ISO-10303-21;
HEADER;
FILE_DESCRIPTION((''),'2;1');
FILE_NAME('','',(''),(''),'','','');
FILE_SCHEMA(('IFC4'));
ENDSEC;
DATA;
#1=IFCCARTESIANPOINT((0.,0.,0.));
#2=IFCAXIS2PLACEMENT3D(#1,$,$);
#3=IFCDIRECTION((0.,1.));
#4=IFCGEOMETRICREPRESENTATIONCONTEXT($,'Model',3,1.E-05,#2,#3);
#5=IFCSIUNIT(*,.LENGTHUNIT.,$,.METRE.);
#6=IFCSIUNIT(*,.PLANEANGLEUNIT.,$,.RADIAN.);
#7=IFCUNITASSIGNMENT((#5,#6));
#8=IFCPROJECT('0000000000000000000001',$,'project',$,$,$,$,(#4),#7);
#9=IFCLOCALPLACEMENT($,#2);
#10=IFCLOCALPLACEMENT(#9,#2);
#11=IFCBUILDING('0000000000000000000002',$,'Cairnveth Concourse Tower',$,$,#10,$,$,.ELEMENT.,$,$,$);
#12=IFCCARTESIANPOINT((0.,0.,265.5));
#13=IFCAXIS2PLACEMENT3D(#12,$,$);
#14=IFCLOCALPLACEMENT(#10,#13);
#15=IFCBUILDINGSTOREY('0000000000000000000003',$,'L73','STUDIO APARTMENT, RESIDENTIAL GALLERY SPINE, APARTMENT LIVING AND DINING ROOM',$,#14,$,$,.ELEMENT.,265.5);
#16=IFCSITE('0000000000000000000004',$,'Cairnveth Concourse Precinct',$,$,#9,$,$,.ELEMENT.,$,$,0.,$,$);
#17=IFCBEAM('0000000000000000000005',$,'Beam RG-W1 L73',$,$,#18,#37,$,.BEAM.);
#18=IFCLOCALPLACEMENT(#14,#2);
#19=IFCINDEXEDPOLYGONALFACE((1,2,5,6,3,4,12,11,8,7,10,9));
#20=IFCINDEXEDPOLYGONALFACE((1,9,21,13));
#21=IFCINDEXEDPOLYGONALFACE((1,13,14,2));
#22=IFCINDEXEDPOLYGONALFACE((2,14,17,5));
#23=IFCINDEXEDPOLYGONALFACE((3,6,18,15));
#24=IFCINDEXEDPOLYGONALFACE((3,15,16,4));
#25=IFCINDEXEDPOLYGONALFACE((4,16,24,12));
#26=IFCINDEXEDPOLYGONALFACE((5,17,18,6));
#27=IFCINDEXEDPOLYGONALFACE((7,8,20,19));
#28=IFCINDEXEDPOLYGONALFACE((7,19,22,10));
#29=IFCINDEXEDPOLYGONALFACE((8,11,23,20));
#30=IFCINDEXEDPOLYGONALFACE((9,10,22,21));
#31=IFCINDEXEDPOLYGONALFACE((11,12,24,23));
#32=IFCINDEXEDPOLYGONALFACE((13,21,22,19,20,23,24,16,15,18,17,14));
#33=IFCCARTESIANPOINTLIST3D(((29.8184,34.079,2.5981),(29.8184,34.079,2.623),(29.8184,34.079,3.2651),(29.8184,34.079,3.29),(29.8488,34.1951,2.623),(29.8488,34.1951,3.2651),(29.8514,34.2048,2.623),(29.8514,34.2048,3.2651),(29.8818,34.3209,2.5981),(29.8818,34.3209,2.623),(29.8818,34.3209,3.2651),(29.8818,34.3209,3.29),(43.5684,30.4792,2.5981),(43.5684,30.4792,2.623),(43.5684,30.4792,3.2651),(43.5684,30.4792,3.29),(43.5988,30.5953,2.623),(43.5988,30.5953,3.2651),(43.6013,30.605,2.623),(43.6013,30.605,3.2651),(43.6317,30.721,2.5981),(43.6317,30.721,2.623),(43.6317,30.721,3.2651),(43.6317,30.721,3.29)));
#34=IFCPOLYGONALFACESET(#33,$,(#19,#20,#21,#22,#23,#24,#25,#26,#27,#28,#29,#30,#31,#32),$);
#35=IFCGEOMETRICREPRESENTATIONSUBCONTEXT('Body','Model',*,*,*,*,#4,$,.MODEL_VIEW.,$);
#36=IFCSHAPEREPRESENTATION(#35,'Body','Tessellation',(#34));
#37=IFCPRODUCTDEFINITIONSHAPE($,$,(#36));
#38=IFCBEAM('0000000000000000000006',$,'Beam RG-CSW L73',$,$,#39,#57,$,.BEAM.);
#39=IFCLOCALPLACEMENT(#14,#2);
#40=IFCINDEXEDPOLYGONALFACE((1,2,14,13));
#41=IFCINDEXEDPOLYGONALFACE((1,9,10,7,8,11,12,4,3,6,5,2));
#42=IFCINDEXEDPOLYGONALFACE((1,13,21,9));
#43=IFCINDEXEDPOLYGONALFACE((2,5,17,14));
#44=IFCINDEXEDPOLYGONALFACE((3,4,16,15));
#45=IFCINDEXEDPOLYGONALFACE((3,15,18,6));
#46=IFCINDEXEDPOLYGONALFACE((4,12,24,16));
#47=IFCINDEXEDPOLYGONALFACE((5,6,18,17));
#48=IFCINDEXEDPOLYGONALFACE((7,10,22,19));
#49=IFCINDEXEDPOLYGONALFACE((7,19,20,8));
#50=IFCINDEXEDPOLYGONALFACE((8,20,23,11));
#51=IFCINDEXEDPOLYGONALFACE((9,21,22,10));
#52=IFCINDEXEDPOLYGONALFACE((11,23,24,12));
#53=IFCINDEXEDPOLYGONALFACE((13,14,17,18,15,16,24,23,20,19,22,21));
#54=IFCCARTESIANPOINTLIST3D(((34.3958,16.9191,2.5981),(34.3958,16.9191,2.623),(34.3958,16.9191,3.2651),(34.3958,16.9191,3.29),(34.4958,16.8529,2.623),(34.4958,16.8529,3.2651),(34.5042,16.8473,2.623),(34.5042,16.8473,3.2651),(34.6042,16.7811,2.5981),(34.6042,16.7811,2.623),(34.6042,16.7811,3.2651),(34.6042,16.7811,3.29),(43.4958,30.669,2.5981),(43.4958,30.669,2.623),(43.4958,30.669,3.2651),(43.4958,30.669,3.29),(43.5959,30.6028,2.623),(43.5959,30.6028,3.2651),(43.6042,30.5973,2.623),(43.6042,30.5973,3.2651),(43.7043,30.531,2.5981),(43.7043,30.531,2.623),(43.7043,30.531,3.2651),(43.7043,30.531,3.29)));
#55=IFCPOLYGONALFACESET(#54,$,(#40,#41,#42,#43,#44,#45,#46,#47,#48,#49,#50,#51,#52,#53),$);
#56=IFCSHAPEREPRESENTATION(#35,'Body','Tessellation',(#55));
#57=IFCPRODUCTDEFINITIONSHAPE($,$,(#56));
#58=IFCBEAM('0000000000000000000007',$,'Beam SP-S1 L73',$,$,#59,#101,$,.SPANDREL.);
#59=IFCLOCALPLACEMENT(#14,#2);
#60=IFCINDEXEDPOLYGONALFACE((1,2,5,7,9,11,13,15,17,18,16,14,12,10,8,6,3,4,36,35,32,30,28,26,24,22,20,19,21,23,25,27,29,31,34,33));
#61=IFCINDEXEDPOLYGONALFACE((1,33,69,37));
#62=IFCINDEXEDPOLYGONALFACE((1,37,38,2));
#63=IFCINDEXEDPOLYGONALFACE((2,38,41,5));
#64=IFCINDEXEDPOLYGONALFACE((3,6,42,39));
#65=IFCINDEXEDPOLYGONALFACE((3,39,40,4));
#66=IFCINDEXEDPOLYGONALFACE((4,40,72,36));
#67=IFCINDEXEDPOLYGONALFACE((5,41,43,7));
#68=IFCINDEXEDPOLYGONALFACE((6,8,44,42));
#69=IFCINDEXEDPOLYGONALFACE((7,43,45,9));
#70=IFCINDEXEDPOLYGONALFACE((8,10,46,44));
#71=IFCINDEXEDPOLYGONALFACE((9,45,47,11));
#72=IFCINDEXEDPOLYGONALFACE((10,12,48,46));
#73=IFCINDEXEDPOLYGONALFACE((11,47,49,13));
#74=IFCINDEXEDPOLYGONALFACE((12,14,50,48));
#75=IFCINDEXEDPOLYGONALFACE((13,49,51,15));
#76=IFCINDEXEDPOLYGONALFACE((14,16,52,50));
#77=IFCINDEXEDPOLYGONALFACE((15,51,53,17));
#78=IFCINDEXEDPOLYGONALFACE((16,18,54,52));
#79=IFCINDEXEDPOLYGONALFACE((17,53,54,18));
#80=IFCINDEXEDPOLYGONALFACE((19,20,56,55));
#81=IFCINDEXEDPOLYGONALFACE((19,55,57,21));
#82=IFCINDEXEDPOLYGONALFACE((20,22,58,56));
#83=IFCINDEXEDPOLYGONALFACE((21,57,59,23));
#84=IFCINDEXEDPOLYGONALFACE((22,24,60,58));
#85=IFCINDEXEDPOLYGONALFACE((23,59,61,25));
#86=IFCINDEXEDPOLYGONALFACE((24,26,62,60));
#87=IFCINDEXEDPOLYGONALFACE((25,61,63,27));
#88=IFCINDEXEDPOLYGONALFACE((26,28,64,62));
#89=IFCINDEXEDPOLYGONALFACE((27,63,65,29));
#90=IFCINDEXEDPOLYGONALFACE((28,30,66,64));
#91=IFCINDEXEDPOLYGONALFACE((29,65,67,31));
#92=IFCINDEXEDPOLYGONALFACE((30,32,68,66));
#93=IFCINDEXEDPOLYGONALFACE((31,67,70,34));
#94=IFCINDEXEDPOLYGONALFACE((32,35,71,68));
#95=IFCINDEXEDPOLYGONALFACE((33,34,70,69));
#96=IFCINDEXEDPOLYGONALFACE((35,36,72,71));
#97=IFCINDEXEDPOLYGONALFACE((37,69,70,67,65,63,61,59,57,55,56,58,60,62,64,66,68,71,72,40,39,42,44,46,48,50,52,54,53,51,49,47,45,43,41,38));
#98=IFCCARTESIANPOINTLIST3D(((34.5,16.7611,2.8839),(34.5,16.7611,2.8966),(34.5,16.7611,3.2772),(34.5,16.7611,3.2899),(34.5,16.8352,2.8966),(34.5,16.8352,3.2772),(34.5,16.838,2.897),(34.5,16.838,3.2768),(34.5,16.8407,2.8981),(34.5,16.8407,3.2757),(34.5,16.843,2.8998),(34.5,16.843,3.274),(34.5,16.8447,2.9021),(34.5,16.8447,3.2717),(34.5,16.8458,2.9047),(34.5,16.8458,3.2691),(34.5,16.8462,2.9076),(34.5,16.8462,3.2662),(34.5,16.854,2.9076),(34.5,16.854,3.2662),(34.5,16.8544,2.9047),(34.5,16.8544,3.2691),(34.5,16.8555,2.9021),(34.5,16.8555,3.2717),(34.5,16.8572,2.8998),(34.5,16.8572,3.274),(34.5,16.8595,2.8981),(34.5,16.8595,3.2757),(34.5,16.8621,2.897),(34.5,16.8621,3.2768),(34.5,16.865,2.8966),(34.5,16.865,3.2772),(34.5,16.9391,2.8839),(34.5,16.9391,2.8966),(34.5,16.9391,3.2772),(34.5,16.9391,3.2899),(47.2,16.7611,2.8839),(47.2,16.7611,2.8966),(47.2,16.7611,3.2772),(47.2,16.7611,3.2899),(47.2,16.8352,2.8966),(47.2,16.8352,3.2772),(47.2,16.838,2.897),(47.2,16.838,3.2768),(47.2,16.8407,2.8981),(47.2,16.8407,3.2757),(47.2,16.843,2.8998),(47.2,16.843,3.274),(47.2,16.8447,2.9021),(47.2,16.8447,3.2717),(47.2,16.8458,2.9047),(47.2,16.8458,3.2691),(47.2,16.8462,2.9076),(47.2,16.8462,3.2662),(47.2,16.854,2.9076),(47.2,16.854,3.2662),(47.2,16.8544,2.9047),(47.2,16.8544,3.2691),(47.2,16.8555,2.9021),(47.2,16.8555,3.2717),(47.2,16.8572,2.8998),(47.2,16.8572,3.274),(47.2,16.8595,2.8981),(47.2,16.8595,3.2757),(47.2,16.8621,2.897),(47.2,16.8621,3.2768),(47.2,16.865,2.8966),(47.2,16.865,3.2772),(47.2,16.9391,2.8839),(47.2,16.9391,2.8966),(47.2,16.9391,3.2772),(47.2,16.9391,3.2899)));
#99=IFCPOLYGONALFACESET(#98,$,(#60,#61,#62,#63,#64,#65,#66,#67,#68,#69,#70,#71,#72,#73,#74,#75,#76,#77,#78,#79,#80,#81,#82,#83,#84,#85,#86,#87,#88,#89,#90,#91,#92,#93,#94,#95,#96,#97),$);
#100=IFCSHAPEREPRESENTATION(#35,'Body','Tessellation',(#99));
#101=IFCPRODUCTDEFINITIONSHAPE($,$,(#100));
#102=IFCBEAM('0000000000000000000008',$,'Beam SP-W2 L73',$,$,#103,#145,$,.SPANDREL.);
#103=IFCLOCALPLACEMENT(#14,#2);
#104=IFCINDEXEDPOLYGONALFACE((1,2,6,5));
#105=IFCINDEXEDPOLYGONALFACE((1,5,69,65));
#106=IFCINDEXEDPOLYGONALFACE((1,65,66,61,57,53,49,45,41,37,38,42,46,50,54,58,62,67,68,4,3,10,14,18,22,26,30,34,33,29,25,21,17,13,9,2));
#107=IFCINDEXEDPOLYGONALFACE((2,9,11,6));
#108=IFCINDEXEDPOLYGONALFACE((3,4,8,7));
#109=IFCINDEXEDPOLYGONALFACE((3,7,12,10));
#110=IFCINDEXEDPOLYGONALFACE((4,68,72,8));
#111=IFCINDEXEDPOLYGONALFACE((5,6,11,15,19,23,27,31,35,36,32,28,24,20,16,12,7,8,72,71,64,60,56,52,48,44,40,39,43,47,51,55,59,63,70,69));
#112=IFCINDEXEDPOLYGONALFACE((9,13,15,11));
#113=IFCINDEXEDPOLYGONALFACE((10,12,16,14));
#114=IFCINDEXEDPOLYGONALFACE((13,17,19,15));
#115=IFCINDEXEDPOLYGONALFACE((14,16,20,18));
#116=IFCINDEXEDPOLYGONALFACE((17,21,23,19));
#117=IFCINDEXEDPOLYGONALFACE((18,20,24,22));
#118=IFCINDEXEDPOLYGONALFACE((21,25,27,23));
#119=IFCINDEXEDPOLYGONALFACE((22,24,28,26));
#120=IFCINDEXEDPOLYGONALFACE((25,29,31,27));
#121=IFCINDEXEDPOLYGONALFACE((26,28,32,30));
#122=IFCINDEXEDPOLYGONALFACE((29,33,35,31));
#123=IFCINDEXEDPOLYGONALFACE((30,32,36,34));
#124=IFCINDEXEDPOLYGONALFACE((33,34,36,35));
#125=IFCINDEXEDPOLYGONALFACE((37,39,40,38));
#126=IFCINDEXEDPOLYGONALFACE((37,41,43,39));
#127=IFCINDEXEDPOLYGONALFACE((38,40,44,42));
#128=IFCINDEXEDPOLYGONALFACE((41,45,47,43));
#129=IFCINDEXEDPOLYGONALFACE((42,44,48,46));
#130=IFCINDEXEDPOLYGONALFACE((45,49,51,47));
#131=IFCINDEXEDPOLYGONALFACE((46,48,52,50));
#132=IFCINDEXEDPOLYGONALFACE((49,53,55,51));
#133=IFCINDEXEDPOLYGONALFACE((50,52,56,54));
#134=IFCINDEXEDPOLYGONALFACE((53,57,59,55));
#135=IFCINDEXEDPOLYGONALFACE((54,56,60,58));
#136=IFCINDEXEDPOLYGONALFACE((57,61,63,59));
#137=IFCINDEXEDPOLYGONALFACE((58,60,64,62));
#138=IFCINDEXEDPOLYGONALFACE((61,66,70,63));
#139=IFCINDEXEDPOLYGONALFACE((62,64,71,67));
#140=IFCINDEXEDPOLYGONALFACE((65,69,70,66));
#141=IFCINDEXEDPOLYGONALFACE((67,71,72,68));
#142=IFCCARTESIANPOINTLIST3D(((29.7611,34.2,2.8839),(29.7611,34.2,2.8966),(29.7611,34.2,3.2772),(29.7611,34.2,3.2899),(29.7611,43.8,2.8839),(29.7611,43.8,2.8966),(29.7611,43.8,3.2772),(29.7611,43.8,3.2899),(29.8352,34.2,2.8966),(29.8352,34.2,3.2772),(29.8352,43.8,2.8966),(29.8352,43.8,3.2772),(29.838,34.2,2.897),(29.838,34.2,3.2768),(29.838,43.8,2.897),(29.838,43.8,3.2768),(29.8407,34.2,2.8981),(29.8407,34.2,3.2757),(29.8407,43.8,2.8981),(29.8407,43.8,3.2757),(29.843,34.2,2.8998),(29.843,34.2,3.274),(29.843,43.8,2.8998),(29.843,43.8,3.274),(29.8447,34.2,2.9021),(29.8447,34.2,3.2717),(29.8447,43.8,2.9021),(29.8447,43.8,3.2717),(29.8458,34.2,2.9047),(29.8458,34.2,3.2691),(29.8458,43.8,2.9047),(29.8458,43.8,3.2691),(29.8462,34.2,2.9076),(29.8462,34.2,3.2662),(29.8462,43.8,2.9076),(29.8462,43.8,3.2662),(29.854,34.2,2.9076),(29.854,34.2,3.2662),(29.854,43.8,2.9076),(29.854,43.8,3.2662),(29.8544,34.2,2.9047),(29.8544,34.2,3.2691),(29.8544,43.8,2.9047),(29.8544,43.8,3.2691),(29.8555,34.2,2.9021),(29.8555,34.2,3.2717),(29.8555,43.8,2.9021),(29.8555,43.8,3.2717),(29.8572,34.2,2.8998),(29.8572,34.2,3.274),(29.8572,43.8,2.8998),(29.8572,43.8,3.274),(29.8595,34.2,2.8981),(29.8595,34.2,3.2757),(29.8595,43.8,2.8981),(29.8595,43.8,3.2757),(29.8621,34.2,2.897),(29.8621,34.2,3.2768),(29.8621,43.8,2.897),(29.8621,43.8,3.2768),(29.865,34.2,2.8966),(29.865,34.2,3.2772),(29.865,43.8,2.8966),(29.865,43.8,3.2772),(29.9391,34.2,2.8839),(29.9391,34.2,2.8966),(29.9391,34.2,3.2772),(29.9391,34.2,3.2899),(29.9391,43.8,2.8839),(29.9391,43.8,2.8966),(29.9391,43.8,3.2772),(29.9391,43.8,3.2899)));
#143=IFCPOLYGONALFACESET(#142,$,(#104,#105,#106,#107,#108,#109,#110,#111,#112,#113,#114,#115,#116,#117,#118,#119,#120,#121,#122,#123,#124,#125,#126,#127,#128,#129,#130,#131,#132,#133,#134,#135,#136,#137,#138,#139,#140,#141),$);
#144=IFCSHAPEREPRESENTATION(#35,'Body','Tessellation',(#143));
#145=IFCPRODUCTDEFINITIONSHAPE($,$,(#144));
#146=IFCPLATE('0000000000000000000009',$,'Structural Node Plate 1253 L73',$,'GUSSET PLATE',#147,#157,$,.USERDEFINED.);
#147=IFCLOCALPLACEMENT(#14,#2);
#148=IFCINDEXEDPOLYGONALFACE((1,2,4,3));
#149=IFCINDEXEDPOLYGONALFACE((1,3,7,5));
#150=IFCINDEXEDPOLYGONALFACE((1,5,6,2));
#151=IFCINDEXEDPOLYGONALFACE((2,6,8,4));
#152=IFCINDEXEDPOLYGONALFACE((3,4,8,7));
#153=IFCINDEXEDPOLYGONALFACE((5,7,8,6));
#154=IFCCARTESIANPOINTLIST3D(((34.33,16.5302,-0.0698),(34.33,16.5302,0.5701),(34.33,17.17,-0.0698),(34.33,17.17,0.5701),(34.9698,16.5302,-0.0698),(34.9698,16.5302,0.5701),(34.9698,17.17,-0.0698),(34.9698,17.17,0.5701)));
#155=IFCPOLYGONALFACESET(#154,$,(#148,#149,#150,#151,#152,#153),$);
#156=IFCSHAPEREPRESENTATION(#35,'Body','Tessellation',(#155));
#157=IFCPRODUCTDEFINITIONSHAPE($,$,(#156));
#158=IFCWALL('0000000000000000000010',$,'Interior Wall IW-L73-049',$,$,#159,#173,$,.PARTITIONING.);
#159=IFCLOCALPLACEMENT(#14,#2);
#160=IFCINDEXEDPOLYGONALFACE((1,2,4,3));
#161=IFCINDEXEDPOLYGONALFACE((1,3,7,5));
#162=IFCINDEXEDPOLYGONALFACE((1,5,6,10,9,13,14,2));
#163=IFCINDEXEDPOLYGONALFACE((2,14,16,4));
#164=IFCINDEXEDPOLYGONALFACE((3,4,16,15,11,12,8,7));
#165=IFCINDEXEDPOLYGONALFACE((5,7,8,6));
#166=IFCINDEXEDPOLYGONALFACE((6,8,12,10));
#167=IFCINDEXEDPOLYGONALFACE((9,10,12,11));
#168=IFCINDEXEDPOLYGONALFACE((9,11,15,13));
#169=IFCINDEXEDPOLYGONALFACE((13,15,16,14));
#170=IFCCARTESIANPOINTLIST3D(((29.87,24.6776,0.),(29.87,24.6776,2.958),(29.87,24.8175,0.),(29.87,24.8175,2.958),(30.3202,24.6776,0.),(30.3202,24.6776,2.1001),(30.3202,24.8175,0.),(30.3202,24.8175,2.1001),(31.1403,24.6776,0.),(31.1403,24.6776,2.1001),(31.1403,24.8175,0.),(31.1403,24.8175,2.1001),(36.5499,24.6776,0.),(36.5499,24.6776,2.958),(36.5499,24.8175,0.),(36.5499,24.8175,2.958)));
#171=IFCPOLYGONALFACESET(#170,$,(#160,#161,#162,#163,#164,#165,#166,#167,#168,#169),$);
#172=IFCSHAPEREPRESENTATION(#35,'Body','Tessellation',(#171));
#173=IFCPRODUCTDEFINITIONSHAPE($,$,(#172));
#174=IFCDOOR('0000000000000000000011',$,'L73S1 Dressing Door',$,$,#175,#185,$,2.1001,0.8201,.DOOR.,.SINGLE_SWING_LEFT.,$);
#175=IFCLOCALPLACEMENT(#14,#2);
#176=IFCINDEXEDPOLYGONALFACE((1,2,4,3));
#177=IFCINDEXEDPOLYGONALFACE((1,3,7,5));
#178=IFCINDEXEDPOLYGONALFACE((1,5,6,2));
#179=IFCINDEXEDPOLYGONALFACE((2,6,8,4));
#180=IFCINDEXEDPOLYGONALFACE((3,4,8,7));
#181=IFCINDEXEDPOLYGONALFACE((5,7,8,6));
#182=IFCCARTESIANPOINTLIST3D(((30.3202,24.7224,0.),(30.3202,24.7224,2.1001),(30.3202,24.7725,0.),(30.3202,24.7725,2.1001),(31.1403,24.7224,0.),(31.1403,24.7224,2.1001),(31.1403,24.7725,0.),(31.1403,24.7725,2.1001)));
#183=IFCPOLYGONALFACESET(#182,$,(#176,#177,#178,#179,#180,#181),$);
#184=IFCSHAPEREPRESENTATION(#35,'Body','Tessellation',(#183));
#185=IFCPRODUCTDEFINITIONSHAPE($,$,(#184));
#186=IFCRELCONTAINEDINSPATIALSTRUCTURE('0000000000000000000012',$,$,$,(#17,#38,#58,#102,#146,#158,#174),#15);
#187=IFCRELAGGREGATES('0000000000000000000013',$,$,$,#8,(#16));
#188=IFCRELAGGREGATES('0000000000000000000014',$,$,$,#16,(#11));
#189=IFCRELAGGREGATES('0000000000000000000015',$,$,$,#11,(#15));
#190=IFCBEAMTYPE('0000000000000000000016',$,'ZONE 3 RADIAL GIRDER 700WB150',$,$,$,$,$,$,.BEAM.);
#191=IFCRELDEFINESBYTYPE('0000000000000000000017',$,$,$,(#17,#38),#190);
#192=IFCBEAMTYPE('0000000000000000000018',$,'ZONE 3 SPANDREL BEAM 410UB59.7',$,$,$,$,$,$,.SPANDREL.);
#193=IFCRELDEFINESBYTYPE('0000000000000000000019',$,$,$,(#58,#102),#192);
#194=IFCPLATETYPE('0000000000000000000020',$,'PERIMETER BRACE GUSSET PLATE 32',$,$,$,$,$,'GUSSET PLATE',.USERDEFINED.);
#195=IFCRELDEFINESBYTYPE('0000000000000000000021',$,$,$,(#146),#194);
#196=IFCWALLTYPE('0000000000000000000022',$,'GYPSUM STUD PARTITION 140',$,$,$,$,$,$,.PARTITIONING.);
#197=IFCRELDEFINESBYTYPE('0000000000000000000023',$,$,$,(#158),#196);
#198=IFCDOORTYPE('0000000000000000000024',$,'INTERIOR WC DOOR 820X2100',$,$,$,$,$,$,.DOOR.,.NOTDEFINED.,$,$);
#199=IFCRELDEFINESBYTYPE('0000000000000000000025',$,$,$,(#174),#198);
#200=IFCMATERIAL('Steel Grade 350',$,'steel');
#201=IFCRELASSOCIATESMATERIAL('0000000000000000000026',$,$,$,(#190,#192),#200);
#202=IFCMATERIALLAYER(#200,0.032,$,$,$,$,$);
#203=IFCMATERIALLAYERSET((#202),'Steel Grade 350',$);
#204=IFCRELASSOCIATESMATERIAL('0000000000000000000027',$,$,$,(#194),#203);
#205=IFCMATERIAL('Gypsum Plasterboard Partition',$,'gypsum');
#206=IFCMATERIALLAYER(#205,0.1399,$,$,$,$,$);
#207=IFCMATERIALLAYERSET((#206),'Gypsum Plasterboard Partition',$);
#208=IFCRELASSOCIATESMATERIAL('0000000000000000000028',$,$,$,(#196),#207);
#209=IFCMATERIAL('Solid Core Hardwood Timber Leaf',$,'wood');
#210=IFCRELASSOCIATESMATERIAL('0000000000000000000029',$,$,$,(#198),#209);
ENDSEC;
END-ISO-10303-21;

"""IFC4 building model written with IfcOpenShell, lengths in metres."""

from ifc_helpers import new_model, si_unit, direction, frame, frame_2d, origin, origin_2d, place, context, subcontext, project, spatial, rectangle, i_section, extrude, material, layer, layer_set, material_profile, profile_set, type_object, element, fill, save


model = new_model("IFC4")

# Units and contexts
model_context = context("Model", 3, precision=1e-05, world=origin(), true_north=direction((0.0, 1.0)))
body_context = subcontext(model_context, "Body", "Model", "MODEL_VIEW")
ifc_project = project(units=[si_unit("LENGTHUNIT", "METRE"), si_unit("PLANEANGLEUNIT", "RADIAN")], contexts=[model_context])

# Site, building, storey
site_placement = place(None, origin())
site = spatial("IfcSite", under=ifc_project, at=site_placement, Name="Cairnveth Concourse Precinct", CompositionType="ELEMENT", RefElevation=0.0)
building_placement = place(site_placement, origin())
building = spatial("IfcBuilding", under=site, at=building_placement, Name="Cairnveth Concourse Tower", CompositionType="ELEMENT")
storey_placement = place(building_placement, frame((0.0, 0.0, 265.5)))
storey = spatial("IfcBuildingStorey", under=building, at=storey_placement, Name="L73", Description="STUDIO APARTMENT, RESIDENTIAL GALLERY SPINE, APARTMENT LIVING AND DINING ROOM", CompositionType="ELEMENT", Elevation=265.5)

# Shared definitions
ifc_material_1 = material(Name="Steel Grade 350", Category="steel")

# Beams
ifc_material_profile_1 = material_profile(ifc_material_1, i_section(OverallWidth=0.25, OverallDepth=0.6919, WebThickness=0.01, FlangeThickness=0.0249, at=origin_2d()), Name="700WB150")
ifc_profile_set_1 = profile_set([ifc_material_profile_1], Name="Steel Grade 350")
beam_type_1 = type_object("IfcBeamType", Name="ZONE 3 RADIAL GIRDER 700WB150", PredefinedType="BEAM", material=ifc_profile_set_1)
beam_1_placement = place(storey_placement, frame((29.8501, 34.2, 2.9441), z_axis=(0.967395, -0.253271, 0.0), x_axis=(0.253271, 0.967395, 0.0)))
element("IfcBeam", 1, at=beam_1_placement, inside=storey, type_object=beam_type_1, Name="Beam RG-W1 L73", PredefinedType="BEAM", context=body_context, shape_type="SweptSolid", body=[
    extrude(i_section(OverallWidth=0.25, OverallDepth=0.6919, WebThickness=0.01, FlangeThickness=0.0249, at=origin_2d()), origin(), (0.0, 0.0, 1.0), 14.2134),
])
beam_2_placement = place(storey_placement, frame((34.5, 16.8501, 2.9441), z_axis=(0.551902, 0.833909, 0.0), x_axis=(-0.833909, 0.551902, 0.0)))
element("IfcBeam", 2, at=beam_2_placement, inside=storey, type_object=beam_type_1, Name="Beam RG-CSW L73", PredefinedType="BEAM", context=body_context, shape_type="SweptSolid", body=[
    extrude(i_section(OverallWidth=0.25, OverallDepth=0.6919, WebThickness=0.01, FlangeThickness=0.0249, at=origin_2d()), origin(), (0.0, 0.0, 1.0), 16.4885),
])
ifc_material_profile_2 = material_profile(ifc_material_1, i_section(OverallWidth=0.178, OverallDepth=0.406, WebThickness=0.0078, FlangeThickness=0.0127, FilletRadius=0.011, at=origin_2d()), Name="410UB59.7")
ifc_profile_set_2 = profile_set([ifc_material_profile_2], Name="Steel Grade 350")
beam_type_2 = type_object("IfcBeamType", Name="ZONE 3 SPANDREL BEAM 410UB59.7", PredefinedType="SPANDREL", material=ifc_profile_set_2)
beam_3_placement = place(storey_placement, frame((34.5, 16.8501, 3.0869), z_axis=(1.0, 0.0, 0.0), x_axis=(0.0, 1.0, 0.0)))
element("IfcBeam", 3, at=beam_3_placement, inside=storey, type_object=beam_type_2, Name="Beam SP-S1 L73", PredefinedType="SPANDREL", context=body_context, shape_type="SweptSolid", body=[
    extrude(i_section(OverallWidth=0.178, OverallDepth=0.406, WebThickness=0.0078, FlangeThickness=0.0127, FilletRadius=0.011, at=origin_2d()), origin(), (0.0, 0.0, 1.0), 12.7),
])
beam_4_placement = place(storey_placement, frame((29.8501, 34.2, 3.0869), z_axis=(0.0, 1.0, 0.0), x_axis=(-1.0, 0.0, 0.0)))
element("IfcBeam", 4, at=beam_4_placement, inside=storey, type_object=beam_type_2, Name="Beam SP-W2 L73", PredefinedType="SPANDREL", context=body_context, shape_type="SweptSolid", body=[
    extrude(i_section(OverallWidth=0.178, OverallDepth=0.406, WebThickness=0.0078, FlangeThickness=0.0127, FilletRadius=0.011, at=origin_2d()), origin(), (0.0, 0.0, 1.0), 9.6001),
])

# Plate
ifc_layer_1 = layer(ifc_material_1, 0.032)
ifc_layer_set_1 = layer_set([ifc_layer_1], Name="Steel Grade 350")
plate_type = type_object("IfcPlateType", Name="PERIMETER BRACE GUSSET PLATE 32", ElementType="GUSSET PLATE", PredefinedType="USERDEFINED", material=ifc_layer_set_1)
plate_placement = place(storey_placement, frame((34.6499, 16.8501, -0.0698), z_axis=(0.0, 0.0, 1.0), x_axis=(1.0, 0.0, 0.0)))
element("IfcPlate", 5, at=plate_placement, inside=storey, type_object=plate_type, Name="Structural Node Plate 1253 L73", ObjectType="GUSSET PLATE", PredefinedType="USERDEFINED", context=body_context, shape_type="SweptSolid", body=[
    extrude(rectangle(XDim=0.6399, YDim=0.6399, at=origin_2d()), origin(), (0.0, 0.0, 1.0), 0.6399),
])

# Wall, opening, door
ifc_material_2 = material(Name="Gypsum Plasterboard Partition", Category="gypsum")
ifc_layer_2 = layer(ifc_material_2, 0.1399)
ifc_layer_set_2 = layer_set([ifc_layer_2], Name="Gypsum Plasterboard Partition")
wall_type_1 = type_object("IfcWallType", Name="GYPSUM STUD PARTITION 140", PredefinedType="PARTITIONING", material=ifc_layer_set_2)
wall_1_placement = place(storey_placement, frame((29.8701, 24.7476, 0.0), z_axis=(0.0, 0.0, 1.0), x_axis=(1.0, 0.0, 0.0)))
wall_1 = element("IfcWall", 6, at=wall_1_placement, inside=storey, type_object=wall_type_1, Name="Interior Wall IW-L73-049", PredefinedType="PARTITIONING", context=body_context, shape_type="SweptSolid", body=[
    extrude(rectangle(XDim=6.6799, YDim=0.1399, at=frame_2d((3.3398, 0.0))), origin(), (0.0, 0.0, 1.0), 2.958),
])
opening_1_placement = place(wall_1_placement, frame((0.45, 0.0, 0.0)))
opening_1 = element("IfcOpeningElement", 7, at=opening_1_placement, cuts=wall_1, PredefinedType="OPENING", context=body_context, shape_type="SweptSolid", body=[
    extrude(rectangle(XDim=0.8201, YDim=2.1001, at=frame_2d((0.4102, 1.05))), frame((0.0, 0.0798, 0.0), z_axis=(0.0, -1.0, 0.0), x_axis=(1.0, 0.0, 0.0)), (0.0, 0.0, 1.0), 0.1599),
])
ifc_material_3 = material(Name="Solid Core Hardwood Timber Leaf", Category="wood")
door_type = type_object("IfcDoorType", Name="INTERIOR WC DOOR 820X2100", OperationType="NOTDEFINED", PredefinedType="DOOR", material=ifc_material_3)
door_placement = place(opening_1_placement, origin())
door = element("IfcDoor", 8, at=door_placement, inside=storey, type_object=door_type, Name="L73S1 Dressing Door", OperationType="SINGLE_SWING_LEFT", OverallHeight=2.1001, OverallWidth=0.8201, PredefinedType="DOOR", context=body_context, shape_type="SweptSolid", body=[
    extrude(rectangle(XDim=0.8201, YDim=2.1001, at=frame_2d((0.4102, 1.05))), frame((0.0, 0.0249, 0.0), z_axis=(0.0, -1.0, 0.0), x_axis=(1.0, 0.0, 0.0)), (0.0, 0.0, 1.0), 0.05),
])
fill(opening_1, door)

save(model, "model.ifc")
